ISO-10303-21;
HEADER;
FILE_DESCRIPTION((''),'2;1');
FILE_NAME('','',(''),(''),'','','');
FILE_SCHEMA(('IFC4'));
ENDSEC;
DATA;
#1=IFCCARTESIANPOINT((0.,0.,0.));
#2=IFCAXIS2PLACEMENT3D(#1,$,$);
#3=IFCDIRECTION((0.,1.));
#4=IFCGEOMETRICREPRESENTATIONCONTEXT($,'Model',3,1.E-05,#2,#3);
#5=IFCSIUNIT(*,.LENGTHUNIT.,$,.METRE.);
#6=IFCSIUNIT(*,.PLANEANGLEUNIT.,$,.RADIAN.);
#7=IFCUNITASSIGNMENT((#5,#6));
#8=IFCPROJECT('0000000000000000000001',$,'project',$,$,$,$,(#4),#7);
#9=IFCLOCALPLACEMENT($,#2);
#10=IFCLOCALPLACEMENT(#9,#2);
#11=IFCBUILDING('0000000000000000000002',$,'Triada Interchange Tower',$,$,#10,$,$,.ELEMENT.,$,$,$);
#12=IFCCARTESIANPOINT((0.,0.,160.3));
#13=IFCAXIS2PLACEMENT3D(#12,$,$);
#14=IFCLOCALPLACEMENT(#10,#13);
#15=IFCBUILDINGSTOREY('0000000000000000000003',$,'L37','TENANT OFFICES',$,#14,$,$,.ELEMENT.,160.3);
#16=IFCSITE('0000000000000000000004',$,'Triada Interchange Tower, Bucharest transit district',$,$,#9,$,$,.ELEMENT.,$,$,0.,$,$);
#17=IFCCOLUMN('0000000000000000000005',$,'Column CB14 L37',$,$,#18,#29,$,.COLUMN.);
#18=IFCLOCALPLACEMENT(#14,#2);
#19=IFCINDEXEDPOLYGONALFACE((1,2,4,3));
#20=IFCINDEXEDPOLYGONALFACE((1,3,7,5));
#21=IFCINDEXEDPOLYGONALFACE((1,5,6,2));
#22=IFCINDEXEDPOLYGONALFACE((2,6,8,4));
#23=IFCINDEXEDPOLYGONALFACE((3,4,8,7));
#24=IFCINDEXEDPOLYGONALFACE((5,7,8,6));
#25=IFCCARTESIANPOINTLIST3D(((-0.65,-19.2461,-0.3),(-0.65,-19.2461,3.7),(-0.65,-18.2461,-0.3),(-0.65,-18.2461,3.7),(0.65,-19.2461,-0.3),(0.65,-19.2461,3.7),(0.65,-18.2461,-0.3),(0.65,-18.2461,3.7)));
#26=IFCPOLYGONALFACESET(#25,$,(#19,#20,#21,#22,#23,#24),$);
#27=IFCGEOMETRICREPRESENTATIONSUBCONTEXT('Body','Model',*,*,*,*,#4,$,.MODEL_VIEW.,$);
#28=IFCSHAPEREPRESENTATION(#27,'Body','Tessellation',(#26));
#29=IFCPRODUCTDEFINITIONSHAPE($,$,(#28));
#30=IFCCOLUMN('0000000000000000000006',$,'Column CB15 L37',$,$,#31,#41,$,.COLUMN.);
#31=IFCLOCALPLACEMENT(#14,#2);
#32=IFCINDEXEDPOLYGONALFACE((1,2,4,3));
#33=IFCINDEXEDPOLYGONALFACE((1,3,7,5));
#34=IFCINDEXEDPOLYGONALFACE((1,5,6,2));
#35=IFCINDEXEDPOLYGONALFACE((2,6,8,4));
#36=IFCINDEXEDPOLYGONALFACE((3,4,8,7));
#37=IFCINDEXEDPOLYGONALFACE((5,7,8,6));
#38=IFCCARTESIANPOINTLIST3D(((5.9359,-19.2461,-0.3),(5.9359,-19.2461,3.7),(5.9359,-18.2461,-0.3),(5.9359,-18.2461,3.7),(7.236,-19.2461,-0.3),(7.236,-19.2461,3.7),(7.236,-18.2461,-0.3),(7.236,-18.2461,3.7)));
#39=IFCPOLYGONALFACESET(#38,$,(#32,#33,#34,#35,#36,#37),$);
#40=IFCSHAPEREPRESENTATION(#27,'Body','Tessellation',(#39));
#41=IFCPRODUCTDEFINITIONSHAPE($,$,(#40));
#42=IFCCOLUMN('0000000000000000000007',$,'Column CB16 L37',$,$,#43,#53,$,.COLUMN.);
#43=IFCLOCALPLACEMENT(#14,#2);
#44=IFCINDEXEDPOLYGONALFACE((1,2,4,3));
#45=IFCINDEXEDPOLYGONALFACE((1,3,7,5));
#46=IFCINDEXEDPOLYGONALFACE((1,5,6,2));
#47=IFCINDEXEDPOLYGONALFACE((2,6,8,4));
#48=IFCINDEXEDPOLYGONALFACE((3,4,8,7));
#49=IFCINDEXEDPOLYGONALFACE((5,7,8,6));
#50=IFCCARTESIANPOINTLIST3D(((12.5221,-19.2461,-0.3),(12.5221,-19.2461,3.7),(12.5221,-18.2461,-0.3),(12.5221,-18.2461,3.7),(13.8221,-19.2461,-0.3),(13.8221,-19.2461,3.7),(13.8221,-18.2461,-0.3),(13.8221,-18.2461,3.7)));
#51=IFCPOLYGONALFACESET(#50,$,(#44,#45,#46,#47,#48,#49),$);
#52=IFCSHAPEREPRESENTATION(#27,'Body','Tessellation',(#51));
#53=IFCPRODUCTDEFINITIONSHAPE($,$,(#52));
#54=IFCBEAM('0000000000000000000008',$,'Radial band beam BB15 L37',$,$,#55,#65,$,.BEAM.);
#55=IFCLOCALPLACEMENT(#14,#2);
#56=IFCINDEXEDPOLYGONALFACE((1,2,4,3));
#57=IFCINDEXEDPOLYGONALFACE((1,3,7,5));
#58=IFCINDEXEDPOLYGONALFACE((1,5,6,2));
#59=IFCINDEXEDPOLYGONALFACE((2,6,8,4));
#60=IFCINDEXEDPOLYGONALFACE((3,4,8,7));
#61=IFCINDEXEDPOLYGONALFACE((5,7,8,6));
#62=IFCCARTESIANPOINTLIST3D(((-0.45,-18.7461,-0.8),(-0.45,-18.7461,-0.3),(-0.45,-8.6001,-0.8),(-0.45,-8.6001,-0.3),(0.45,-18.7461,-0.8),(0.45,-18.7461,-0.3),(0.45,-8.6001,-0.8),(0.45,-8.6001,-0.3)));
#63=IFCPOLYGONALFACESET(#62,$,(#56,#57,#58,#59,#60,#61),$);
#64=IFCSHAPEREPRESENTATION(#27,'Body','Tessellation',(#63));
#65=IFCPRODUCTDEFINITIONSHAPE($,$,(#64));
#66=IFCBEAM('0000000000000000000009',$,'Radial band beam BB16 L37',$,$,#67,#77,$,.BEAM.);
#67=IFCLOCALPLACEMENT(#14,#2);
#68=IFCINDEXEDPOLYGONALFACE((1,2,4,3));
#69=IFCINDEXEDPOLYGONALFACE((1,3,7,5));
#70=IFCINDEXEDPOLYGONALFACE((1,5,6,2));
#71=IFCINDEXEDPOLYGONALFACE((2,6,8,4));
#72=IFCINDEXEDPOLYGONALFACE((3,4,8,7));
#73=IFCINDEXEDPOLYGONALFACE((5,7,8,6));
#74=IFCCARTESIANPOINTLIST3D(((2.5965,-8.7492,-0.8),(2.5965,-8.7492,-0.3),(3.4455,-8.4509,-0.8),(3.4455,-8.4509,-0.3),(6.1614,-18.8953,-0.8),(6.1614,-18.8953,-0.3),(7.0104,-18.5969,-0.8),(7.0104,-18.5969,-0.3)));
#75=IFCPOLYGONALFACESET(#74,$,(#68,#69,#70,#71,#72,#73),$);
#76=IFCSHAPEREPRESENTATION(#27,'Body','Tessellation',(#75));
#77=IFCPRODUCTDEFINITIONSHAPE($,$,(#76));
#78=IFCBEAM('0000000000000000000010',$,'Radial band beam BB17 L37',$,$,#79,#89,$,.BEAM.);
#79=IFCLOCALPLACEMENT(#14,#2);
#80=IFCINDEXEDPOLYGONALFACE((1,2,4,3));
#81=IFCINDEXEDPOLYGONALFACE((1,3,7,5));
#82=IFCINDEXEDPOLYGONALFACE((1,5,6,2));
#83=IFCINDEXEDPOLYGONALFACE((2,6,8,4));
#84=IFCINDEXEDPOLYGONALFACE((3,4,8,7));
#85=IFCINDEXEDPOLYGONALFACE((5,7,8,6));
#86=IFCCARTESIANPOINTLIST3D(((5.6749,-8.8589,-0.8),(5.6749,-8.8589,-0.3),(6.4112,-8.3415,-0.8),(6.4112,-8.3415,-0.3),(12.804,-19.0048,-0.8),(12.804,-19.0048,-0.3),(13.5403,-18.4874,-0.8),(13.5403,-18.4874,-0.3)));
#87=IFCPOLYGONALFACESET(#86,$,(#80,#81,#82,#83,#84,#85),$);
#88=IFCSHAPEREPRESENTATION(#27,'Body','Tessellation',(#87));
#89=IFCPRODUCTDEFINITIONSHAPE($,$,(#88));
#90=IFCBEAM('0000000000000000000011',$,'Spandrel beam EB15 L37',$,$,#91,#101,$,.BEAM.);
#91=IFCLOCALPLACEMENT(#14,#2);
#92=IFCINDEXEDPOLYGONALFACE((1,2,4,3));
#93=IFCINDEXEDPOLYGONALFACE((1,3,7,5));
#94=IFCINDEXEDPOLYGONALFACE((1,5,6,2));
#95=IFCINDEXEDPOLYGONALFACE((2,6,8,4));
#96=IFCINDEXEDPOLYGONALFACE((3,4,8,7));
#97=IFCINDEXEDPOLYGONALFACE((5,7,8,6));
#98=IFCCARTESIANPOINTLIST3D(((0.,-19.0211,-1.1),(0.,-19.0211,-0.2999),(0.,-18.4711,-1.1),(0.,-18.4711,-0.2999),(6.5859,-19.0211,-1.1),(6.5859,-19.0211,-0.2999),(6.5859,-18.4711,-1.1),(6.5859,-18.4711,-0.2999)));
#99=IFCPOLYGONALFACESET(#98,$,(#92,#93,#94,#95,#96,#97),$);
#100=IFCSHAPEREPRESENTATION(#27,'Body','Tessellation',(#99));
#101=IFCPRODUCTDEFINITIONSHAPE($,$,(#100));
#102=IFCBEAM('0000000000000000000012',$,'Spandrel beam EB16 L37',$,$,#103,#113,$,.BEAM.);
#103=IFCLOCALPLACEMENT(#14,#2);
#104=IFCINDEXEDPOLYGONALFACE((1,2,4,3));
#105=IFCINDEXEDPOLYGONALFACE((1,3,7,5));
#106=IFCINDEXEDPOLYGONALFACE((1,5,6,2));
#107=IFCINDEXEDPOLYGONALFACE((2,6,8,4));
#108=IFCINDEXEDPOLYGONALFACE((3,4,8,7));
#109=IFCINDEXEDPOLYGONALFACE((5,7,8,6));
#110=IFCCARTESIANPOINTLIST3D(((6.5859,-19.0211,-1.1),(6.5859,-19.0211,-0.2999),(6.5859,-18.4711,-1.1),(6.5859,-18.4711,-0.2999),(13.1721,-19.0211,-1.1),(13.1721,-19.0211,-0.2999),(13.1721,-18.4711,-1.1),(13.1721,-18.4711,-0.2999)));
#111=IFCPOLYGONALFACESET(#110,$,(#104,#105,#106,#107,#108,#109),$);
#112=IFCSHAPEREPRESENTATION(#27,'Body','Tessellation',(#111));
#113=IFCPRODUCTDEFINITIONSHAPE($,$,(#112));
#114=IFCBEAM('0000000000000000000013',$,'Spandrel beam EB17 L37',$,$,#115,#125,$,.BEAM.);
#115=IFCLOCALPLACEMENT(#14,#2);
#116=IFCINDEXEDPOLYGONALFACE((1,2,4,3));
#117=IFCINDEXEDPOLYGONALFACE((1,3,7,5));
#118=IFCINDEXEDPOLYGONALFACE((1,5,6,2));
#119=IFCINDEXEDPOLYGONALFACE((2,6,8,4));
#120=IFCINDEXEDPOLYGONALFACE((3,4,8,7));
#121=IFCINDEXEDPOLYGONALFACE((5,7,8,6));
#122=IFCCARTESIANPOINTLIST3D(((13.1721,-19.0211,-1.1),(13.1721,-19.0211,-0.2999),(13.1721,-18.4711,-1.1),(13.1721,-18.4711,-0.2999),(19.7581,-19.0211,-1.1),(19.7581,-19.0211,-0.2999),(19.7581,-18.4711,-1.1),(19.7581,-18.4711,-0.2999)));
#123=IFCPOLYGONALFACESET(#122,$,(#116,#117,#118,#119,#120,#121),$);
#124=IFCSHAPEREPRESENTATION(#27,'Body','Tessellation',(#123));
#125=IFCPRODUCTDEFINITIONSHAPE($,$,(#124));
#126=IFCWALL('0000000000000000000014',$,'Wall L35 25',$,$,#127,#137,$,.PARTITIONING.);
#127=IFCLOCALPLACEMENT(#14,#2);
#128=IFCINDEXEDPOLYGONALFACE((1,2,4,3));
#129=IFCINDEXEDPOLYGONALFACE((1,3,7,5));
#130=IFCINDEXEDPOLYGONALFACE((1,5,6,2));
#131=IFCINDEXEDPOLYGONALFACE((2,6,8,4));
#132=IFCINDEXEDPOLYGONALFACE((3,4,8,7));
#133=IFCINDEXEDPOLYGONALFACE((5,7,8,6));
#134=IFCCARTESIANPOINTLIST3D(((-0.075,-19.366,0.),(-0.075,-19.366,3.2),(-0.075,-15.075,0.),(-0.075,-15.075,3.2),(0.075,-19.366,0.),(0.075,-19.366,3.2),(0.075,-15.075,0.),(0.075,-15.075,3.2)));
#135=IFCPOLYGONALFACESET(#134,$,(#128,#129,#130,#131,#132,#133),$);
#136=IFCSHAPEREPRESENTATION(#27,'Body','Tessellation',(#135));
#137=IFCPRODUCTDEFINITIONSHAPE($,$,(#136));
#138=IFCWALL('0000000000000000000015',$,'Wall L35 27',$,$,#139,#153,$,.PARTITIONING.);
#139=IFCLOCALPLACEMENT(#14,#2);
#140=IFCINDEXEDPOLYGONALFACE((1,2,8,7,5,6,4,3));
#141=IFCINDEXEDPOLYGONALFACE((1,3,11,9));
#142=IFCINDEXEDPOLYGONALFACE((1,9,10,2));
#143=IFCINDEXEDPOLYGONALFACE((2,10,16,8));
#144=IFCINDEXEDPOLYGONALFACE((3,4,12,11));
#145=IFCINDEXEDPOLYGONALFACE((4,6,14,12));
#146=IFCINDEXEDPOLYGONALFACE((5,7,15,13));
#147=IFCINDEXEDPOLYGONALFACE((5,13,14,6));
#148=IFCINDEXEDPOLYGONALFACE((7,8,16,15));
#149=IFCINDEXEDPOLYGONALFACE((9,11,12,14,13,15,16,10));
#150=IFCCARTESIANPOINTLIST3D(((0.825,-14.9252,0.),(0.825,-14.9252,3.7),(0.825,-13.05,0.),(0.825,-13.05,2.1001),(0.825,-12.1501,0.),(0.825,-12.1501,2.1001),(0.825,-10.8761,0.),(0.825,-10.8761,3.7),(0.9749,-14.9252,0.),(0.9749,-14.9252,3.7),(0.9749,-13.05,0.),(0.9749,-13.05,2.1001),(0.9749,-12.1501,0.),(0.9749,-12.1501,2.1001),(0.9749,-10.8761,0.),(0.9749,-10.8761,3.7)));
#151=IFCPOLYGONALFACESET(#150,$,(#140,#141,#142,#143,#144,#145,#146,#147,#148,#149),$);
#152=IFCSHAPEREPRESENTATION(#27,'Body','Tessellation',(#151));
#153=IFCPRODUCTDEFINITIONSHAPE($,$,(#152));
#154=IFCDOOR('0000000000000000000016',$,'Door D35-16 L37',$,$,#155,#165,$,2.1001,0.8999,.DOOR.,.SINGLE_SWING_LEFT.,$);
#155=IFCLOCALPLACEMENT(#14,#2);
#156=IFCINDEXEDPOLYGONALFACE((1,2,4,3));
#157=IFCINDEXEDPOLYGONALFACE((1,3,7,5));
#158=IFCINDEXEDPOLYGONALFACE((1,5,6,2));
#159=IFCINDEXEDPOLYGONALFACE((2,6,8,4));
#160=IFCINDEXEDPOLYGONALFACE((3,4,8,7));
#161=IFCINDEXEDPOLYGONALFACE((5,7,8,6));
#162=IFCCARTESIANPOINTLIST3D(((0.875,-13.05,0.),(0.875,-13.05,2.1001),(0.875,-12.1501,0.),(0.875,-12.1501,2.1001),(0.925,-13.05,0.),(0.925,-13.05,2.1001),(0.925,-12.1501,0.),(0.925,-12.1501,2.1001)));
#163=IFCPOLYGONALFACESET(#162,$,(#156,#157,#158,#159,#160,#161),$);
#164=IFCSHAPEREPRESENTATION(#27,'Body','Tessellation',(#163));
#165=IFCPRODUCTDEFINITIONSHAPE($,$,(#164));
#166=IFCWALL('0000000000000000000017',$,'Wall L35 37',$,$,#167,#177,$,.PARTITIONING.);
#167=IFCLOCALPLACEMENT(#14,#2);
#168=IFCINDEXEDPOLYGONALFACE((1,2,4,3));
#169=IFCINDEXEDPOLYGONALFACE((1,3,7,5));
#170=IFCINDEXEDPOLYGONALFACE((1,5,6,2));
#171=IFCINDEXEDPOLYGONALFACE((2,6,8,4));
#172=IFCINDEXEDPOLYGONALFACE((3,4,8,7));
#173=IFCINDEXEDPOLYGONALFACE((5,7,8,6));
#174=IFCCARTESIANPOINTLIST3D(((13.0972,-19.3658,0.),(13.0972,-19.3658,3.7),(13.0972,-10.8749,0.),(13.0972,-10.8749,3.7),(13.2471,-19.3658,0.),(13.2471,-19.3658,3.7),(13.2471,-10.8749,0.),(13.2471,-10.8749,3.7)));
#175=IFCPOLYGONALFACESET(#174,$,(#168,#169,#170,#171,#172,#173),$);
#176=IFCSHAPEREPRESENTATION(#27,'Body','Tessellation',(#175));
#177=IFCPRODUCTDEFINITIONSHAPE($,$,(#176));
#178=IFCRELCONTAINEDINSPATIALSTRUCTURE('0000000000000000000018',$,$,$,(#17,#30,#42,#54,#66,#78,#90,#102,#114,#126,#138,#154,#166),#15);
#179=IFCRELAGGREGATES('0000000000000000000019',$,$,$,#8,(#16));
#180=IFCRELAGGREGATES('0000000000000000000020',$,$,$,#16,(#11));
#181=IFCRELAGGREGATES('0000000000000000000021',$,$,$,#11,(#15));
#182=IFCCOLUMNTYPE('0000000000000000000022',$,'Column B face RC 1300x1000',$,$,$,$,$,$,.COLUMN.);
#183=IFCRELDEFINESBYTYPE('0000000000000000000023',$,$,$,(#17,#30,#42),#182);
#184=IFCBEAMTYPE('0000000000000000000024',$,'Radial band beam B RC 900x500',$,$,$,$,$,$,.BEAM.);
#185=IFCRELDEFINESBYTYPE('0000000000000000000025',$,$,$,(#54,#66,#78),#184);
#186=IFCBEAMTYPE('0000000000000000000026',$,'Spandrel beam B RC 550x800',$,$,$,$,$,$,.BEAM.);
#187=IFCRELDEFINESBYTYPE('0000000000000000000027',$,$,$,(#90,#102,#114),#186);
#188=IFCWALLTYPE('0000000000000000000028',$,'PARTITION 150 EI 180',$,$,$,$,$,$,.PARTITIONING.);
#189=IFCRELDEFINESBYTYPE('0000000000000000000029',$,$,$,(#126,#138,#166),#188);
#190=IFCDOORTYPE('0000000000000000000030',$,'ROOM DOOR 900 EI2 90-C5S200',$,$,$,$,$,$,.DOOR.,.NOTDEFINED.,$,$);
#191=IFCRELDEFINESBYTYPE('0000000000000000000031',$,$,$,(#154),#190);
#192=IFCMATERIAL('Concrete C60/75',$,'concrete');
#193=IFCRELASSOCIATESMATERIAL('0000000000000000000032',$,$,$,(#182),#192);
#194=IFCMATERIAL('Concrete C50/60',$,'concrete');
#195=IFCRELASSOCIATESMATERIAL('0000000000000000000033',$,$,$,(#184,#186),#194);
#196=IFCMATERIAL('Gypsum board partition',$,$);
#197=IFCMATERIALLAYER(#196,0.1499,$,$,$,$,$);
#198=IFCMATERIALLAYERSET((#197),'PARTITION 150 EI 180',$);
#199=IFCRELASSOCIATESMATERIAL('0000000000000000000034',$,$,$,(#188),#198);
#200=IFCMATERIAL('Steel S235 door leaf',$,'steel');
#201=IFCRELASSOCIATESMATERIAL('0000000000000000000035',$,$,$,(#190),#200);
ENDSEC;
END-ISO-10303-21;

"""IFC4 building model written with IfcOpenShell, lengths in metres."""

from ifc_helpers import new_model, si_unit, direction, frame, frame_2d, origin, origin_2d, place, context, subcontext, project, spatial, rectangle, extrude, material, layer, layer_set, material_profile, profile_set, type_object, element, fill, save


model = new_model("IFC4")

# Units and contexts
model_context = context("Model", 3, precision=1e-05, world=origin(), true_north=direction((0.0, 1.0)))
body_context = subcontext(model_context, "Body", "Model", "MODEL_VIEW")
ifc_project = project(units=[si_unit("LENGTHUNIT", "METRE"), si_unit("PLANEANGLEUNIT", "RADIAN")], contexts=[model_context])

# Site, building, storey
site_placement = place(None, origin())
site = spatial("IfcSite", under=ifc_project, at=site_placement, Name="Triada Interchange Tower, Bucharest transit district", CompositionType="ELEMENT", RefElevation=0.0)
building_placement = place(site_placement, origin())
building = spatial("IfcBuilding", under=site, at=building_placement, Name="Triada Interchange Tower", CompositionType="ELEMENT")
storey_placement = place(building_placement, frame((0.0, 0.0, 160.3)))
storey = spatial("IfcBuildingStorey", under=building, at=storey_placement, Name="L37", Description="TENANT OFFICES", CompositionType="ELEMENT", Elevation=160.3)

# Columns
ifc_material_1 = material(Name="Concrete C60/75", Category="concrete")
ifc_material_profile_1 = material_profile(ifc_material_1, rectangle(XDim=1.3, YDim=1.0, at=origin_2d()), Name="RC 1300x1000")
ifc_profile_set_1 = profile_set([ifc_material_profile_1], Name="Concrete C60/75")
column_type = type_object("IfcColumnType", Name="Column B face RC 1300x1000", PredefinedType="COLUMN", material=ifc_profile_set_1)
for number, where, z_axis, x_axis, name in (
    (1, (0.0, -18.7461, -0.3), (0.0, 0.0, 1.0), (1.0, 0.0, 0.0), "Column CB14 L37"),
    (2, (6.5859, -18.7461, -0.3), (0.0, 0.0, 1.0), (1.0, 0.0, 0.0), "Column CB15 L37"),
    (3, (13.1721, -18.7461, -0.3), (0.0, 0.0, 1.0), (1.0, 0.0, 0.0), "Column CB16 L37"),
):
    element("IfcColumn", number, at=place(storey_placement, frame(where, z_axis=z_axis, x_axis=x_axis)), inside=storey, type_object=column_type, Name=name, PredefinedType="COLUMN", context=body_context, shape_type="SweptSolid", body=[
        extrude(rectangle(XDim=1.3, YDim=1.0, at=origin_2d()), origin(), (0.0, 0.0, 1.0), 4.0),
    ])

# Beams
ifc_material_2 = material(Name="Concrete C50/60", Category="concrete")
ifc_material_profile_2 = material_profile(ifc_material_2, rectangle(XDim=0.8999, YDim=0.5, at=origin_2d()), Name="RC 900x500")
ifc_profile_set_2 = profile_set([ifc_material_profile_2], Name="Concrete C50/60")
beam_type_1 = type_object("IfcBeamType", Name="Radial band beam B RC 900x500", PredefinedType="BEAM", material=ifc_profile_set_2)
beam_1_placement = place(storey_placement, frame((0.0, -18.7461, -0.55), z_axis=(0.0, 1.0, 0.0), x_axis=(-1.0, 0.0, 0.0)))
element("IfcBeam", 4, at=beam_1_placement, inside=storey, type_object=beam_type_1, Name="Radial band beam BB15 L37", PredefinedType="BEAM", context=body_context, shape_type="SweptSolid", body=[
    extrude(rectangle(XDim=0.8999, YDim=0.5, at=origin_2d()), origin(), (0.0, 0.0, 1.0), 10.146),
])
beam_2_placement = place(storey_placement, frame((6.5859, -18.7461, -0.55), z_axis=(-0.331497, 0.943456, 0.0), x_axis=(-0.943456, -0.331497, 0.0)))
element("IfcBeam", 5, at=beam_2_placement, inside=storey, type_object=beam_type_1, Name="Radial band beam BB16 L37", PredefinedType="BEAM", context=body_context, shape_type="SweptSolid", body=[
    extrude(rectangle(XDim=0.8999, YDim=0.5, at=origin_2d()), origin(), (0.0, 0.0, 1.0), 10.7542),
])
beam_3_placement = place(storey_placement, frame((13.1721, -18.7461, -0.55), z_axis=(-0.57492, 0.818209, 0.0), x_axis=(-0.818209, -0.57492, 0.0)))
element("IfcBeam", 6, at=beam_3_placement, inside=storey, type_object=beam_type_1, Name="Radial band beam BB17 L37", PredefinedType="BEAM", context=body_context, shape_type="SweptSolid", body=[
    extrude(rectangle(XDim=0.8999, YDim=0.5, at=origin_2d()), origin(), (0.0, 0.0, 1.0), 12.4001),
])
ifc_material_profile_3 = material_profile(ifc_material_2, rectangle(XDim=0.55, YDim=0.8, at=origin_2d()), Name="RC 550x800")
ifc_profile_set_3 = profile_set([ifc_material_profile_3], Name="Concrete C50/60")
beam_type_2 = type_object("IfcBeamType", Name="Spandrel beam B RC 550x800", PredefinedType="BEAM", material=ifc_profile_set_3)
beam_4_placement = place(storey_placement, frame((0.0, -18.7461, -0.7), z_axis=(1.0, 0.0, 0.0), x_axis=(0.0, 1.0, 0.0)))
element("IfcBeam", 7, at=beam_4_placement, inside=storey, type_object=beam_type_2, Name="Spandrel beam EB15 L37", PredefinedType="BEAM", context=body_context, shape_type="SweptSolid", body=[
    extrude(rectangle(XDim=0.55, YDim=0.8, at=origin_2d()), origin(), (0.0, 0.0, 1.0), 6.5859),
])
beam_5_placement = place(storey_placement, frame((6.5859, -18.7461, -0.7), z_axis=(1.0, 0.0, 0.0), x_axis=(0.0, 1.0, 0.0)))
element("IfcBeam", 8, at=beam_5_placement, inside=storey, type_object=beam_type_2, Name="Spandrel beam EB16 L37", PredefinedType="BEAM", context=body_context, shape_type="SweptSolid", body=[
    extrude(rectangle(XDim=0.55, YDim=0.8, at=origin_2d()), origin(), (0.0, 0.0, 1.0), 6.5862),
])
beam_6_placement = place(storey_placement, frame((13.1721, -18.7461, -0.7), z_axis=(1.0, 0.0, 0.0), x_axis=(0.0, 1.0, 0.0)))
element("IfcBeam", 9, at=beam_6_placement, inside=storey, type_object=beam_type_2, Name="Spandrel beam EB17 L37", PredefinedType="BEAM", context=body_context, shape_type="SweptSolid", body=[
    extrude(rectangle(XDim=0.55, YDim=0.8, at=origin_2d()), origin(), (0.0, 0.0, 1.0), 6.5859),
])

# Wall
ifc_material_3 = material(Name="Gypsum board partition")
ifc_layer_1 = layer(ifc_material_3, 0.1499)
ifc_layer_set_1 = layer_set([ifc_layer_1], Name="PARTITION 150 EI 180")
wall_type = type_object("IfcWallType", Name="PARTITION 150 EI 180", PredefinedType="PARTITIONING", material=ifc_layer_set_1)
wall_1_placement = place(storey_placement, frame((0.0, -19.366, 0.0), z_axis=(0.0, 0.0, 1.0), x_axis=(0.0, 1.0, 0.0)))
element("IfcWall", 10, at=wall_1_placement, inside=storey, type_object=wall_type, Name="Wall L35 25", PredefinedType="PARTITIONING", context=body_context, shape_type="SweptSolid", body=[
    extrude(rectangle(XDim=4.291, YDim=0.1499, at=frame_2d((2.1455, 0.0))), origin(), (0.0, 0.0, 1.0), 3.2),
])

# Wall, opening, door
wall_2_placement = place(storey_placement, frame((0.8999, -14.925, 0.0), z_axis=(0.0, 0.0, 1.0), x_axis=(0.0, 1.0, 0.0)))
wall_2 = element("IfcWall", 11, at=wall_2_placement, inside=storey, type_object=wall_type, Name="Wall L35 27", PredefinedType="PARTITIONING", context=body_context, shape_type="SweptSolid", body=[
    extrude(rectangle(XDim=4.0491, YDim=0.1499, at=frame_2d((2.0244, 0.0))), origin(), (0.0, 0.0, 1.0), 3.7),
])
opening_placement = place(wall_2_placement, frame((1.875, 0.0, 0.0)))
opening = element("IfcOpeningElement", 12, at=opening_placement, cuts=wall_2, PredefinedType="OPENING", context=body_context, shape_type="SweptSolid", body=[
    extrude(rectangle(XDim=0.8999, YDim=2.1001, at=frame_2d((0.45, 1.05))), frame((0.0, 0.085, 0.0), z_axis=(0.0, -1.0, 0.0), x_axis=(1.0, 0.0, 0.0)), (0.0, 0.0, 1.0), 0.1699),
])
ifc_material_4 = material(Name="Steel S235 door leaf", Category="steel")
door_type = type_object("IfcDoorType", Name="ROOM DOOR 900 EI2 90-C5S200", OperationType="NOTDEFINED", PredefinedType="DOOR", material=ifc_material_4)
door_placement = place(opening_placement, origin())
door = element("IfcDoor", 13, at=door_placement, inside=storey, type_object=door_type, Name="Door D35-16 L37", OperationType="SINGLE_SWING_LEFT", OverallHeight=2.1001, OverallWidth=0.8999, PredefinedType="DOOR", context=body_context, shape_type="SweptSolid", body=[
    extrude(rectangle(XDim=0.8999, YDim=2.1001, at=frame_2d((0.45, 1.05))), frame((0.0, 0.0249, 0.0), z_axis=(0.0, -1.0, 0.0), x_axis=(1.0, 0.0, 0.0)), (0.0, 0.0, 1.0), 0.05),
])
fill(opening, door)

# Wall
wall_3_placement = place(storey_placement, frame((13.1721, -19.366, 0.0), z_axis=(0.0, 0.0, 1.0), x_axis=(0.0, 1.0, 0.0)))
element("IfcWall", 14, at=wall_3_placement, inside=storey, type_object=wall_type, Name="Wall L35 37", PredefinedType="PARTITIONING", context=body_context, shape_type="SweptSolid", body=[
    extrude(rectangle(XDim=8.491, YDim=0.1499, at=frame_2d((4.2456, 0.0))), origin(), (0.0, 0.0, 1.0), 3.7),
])

save(model, "model.ifc")
